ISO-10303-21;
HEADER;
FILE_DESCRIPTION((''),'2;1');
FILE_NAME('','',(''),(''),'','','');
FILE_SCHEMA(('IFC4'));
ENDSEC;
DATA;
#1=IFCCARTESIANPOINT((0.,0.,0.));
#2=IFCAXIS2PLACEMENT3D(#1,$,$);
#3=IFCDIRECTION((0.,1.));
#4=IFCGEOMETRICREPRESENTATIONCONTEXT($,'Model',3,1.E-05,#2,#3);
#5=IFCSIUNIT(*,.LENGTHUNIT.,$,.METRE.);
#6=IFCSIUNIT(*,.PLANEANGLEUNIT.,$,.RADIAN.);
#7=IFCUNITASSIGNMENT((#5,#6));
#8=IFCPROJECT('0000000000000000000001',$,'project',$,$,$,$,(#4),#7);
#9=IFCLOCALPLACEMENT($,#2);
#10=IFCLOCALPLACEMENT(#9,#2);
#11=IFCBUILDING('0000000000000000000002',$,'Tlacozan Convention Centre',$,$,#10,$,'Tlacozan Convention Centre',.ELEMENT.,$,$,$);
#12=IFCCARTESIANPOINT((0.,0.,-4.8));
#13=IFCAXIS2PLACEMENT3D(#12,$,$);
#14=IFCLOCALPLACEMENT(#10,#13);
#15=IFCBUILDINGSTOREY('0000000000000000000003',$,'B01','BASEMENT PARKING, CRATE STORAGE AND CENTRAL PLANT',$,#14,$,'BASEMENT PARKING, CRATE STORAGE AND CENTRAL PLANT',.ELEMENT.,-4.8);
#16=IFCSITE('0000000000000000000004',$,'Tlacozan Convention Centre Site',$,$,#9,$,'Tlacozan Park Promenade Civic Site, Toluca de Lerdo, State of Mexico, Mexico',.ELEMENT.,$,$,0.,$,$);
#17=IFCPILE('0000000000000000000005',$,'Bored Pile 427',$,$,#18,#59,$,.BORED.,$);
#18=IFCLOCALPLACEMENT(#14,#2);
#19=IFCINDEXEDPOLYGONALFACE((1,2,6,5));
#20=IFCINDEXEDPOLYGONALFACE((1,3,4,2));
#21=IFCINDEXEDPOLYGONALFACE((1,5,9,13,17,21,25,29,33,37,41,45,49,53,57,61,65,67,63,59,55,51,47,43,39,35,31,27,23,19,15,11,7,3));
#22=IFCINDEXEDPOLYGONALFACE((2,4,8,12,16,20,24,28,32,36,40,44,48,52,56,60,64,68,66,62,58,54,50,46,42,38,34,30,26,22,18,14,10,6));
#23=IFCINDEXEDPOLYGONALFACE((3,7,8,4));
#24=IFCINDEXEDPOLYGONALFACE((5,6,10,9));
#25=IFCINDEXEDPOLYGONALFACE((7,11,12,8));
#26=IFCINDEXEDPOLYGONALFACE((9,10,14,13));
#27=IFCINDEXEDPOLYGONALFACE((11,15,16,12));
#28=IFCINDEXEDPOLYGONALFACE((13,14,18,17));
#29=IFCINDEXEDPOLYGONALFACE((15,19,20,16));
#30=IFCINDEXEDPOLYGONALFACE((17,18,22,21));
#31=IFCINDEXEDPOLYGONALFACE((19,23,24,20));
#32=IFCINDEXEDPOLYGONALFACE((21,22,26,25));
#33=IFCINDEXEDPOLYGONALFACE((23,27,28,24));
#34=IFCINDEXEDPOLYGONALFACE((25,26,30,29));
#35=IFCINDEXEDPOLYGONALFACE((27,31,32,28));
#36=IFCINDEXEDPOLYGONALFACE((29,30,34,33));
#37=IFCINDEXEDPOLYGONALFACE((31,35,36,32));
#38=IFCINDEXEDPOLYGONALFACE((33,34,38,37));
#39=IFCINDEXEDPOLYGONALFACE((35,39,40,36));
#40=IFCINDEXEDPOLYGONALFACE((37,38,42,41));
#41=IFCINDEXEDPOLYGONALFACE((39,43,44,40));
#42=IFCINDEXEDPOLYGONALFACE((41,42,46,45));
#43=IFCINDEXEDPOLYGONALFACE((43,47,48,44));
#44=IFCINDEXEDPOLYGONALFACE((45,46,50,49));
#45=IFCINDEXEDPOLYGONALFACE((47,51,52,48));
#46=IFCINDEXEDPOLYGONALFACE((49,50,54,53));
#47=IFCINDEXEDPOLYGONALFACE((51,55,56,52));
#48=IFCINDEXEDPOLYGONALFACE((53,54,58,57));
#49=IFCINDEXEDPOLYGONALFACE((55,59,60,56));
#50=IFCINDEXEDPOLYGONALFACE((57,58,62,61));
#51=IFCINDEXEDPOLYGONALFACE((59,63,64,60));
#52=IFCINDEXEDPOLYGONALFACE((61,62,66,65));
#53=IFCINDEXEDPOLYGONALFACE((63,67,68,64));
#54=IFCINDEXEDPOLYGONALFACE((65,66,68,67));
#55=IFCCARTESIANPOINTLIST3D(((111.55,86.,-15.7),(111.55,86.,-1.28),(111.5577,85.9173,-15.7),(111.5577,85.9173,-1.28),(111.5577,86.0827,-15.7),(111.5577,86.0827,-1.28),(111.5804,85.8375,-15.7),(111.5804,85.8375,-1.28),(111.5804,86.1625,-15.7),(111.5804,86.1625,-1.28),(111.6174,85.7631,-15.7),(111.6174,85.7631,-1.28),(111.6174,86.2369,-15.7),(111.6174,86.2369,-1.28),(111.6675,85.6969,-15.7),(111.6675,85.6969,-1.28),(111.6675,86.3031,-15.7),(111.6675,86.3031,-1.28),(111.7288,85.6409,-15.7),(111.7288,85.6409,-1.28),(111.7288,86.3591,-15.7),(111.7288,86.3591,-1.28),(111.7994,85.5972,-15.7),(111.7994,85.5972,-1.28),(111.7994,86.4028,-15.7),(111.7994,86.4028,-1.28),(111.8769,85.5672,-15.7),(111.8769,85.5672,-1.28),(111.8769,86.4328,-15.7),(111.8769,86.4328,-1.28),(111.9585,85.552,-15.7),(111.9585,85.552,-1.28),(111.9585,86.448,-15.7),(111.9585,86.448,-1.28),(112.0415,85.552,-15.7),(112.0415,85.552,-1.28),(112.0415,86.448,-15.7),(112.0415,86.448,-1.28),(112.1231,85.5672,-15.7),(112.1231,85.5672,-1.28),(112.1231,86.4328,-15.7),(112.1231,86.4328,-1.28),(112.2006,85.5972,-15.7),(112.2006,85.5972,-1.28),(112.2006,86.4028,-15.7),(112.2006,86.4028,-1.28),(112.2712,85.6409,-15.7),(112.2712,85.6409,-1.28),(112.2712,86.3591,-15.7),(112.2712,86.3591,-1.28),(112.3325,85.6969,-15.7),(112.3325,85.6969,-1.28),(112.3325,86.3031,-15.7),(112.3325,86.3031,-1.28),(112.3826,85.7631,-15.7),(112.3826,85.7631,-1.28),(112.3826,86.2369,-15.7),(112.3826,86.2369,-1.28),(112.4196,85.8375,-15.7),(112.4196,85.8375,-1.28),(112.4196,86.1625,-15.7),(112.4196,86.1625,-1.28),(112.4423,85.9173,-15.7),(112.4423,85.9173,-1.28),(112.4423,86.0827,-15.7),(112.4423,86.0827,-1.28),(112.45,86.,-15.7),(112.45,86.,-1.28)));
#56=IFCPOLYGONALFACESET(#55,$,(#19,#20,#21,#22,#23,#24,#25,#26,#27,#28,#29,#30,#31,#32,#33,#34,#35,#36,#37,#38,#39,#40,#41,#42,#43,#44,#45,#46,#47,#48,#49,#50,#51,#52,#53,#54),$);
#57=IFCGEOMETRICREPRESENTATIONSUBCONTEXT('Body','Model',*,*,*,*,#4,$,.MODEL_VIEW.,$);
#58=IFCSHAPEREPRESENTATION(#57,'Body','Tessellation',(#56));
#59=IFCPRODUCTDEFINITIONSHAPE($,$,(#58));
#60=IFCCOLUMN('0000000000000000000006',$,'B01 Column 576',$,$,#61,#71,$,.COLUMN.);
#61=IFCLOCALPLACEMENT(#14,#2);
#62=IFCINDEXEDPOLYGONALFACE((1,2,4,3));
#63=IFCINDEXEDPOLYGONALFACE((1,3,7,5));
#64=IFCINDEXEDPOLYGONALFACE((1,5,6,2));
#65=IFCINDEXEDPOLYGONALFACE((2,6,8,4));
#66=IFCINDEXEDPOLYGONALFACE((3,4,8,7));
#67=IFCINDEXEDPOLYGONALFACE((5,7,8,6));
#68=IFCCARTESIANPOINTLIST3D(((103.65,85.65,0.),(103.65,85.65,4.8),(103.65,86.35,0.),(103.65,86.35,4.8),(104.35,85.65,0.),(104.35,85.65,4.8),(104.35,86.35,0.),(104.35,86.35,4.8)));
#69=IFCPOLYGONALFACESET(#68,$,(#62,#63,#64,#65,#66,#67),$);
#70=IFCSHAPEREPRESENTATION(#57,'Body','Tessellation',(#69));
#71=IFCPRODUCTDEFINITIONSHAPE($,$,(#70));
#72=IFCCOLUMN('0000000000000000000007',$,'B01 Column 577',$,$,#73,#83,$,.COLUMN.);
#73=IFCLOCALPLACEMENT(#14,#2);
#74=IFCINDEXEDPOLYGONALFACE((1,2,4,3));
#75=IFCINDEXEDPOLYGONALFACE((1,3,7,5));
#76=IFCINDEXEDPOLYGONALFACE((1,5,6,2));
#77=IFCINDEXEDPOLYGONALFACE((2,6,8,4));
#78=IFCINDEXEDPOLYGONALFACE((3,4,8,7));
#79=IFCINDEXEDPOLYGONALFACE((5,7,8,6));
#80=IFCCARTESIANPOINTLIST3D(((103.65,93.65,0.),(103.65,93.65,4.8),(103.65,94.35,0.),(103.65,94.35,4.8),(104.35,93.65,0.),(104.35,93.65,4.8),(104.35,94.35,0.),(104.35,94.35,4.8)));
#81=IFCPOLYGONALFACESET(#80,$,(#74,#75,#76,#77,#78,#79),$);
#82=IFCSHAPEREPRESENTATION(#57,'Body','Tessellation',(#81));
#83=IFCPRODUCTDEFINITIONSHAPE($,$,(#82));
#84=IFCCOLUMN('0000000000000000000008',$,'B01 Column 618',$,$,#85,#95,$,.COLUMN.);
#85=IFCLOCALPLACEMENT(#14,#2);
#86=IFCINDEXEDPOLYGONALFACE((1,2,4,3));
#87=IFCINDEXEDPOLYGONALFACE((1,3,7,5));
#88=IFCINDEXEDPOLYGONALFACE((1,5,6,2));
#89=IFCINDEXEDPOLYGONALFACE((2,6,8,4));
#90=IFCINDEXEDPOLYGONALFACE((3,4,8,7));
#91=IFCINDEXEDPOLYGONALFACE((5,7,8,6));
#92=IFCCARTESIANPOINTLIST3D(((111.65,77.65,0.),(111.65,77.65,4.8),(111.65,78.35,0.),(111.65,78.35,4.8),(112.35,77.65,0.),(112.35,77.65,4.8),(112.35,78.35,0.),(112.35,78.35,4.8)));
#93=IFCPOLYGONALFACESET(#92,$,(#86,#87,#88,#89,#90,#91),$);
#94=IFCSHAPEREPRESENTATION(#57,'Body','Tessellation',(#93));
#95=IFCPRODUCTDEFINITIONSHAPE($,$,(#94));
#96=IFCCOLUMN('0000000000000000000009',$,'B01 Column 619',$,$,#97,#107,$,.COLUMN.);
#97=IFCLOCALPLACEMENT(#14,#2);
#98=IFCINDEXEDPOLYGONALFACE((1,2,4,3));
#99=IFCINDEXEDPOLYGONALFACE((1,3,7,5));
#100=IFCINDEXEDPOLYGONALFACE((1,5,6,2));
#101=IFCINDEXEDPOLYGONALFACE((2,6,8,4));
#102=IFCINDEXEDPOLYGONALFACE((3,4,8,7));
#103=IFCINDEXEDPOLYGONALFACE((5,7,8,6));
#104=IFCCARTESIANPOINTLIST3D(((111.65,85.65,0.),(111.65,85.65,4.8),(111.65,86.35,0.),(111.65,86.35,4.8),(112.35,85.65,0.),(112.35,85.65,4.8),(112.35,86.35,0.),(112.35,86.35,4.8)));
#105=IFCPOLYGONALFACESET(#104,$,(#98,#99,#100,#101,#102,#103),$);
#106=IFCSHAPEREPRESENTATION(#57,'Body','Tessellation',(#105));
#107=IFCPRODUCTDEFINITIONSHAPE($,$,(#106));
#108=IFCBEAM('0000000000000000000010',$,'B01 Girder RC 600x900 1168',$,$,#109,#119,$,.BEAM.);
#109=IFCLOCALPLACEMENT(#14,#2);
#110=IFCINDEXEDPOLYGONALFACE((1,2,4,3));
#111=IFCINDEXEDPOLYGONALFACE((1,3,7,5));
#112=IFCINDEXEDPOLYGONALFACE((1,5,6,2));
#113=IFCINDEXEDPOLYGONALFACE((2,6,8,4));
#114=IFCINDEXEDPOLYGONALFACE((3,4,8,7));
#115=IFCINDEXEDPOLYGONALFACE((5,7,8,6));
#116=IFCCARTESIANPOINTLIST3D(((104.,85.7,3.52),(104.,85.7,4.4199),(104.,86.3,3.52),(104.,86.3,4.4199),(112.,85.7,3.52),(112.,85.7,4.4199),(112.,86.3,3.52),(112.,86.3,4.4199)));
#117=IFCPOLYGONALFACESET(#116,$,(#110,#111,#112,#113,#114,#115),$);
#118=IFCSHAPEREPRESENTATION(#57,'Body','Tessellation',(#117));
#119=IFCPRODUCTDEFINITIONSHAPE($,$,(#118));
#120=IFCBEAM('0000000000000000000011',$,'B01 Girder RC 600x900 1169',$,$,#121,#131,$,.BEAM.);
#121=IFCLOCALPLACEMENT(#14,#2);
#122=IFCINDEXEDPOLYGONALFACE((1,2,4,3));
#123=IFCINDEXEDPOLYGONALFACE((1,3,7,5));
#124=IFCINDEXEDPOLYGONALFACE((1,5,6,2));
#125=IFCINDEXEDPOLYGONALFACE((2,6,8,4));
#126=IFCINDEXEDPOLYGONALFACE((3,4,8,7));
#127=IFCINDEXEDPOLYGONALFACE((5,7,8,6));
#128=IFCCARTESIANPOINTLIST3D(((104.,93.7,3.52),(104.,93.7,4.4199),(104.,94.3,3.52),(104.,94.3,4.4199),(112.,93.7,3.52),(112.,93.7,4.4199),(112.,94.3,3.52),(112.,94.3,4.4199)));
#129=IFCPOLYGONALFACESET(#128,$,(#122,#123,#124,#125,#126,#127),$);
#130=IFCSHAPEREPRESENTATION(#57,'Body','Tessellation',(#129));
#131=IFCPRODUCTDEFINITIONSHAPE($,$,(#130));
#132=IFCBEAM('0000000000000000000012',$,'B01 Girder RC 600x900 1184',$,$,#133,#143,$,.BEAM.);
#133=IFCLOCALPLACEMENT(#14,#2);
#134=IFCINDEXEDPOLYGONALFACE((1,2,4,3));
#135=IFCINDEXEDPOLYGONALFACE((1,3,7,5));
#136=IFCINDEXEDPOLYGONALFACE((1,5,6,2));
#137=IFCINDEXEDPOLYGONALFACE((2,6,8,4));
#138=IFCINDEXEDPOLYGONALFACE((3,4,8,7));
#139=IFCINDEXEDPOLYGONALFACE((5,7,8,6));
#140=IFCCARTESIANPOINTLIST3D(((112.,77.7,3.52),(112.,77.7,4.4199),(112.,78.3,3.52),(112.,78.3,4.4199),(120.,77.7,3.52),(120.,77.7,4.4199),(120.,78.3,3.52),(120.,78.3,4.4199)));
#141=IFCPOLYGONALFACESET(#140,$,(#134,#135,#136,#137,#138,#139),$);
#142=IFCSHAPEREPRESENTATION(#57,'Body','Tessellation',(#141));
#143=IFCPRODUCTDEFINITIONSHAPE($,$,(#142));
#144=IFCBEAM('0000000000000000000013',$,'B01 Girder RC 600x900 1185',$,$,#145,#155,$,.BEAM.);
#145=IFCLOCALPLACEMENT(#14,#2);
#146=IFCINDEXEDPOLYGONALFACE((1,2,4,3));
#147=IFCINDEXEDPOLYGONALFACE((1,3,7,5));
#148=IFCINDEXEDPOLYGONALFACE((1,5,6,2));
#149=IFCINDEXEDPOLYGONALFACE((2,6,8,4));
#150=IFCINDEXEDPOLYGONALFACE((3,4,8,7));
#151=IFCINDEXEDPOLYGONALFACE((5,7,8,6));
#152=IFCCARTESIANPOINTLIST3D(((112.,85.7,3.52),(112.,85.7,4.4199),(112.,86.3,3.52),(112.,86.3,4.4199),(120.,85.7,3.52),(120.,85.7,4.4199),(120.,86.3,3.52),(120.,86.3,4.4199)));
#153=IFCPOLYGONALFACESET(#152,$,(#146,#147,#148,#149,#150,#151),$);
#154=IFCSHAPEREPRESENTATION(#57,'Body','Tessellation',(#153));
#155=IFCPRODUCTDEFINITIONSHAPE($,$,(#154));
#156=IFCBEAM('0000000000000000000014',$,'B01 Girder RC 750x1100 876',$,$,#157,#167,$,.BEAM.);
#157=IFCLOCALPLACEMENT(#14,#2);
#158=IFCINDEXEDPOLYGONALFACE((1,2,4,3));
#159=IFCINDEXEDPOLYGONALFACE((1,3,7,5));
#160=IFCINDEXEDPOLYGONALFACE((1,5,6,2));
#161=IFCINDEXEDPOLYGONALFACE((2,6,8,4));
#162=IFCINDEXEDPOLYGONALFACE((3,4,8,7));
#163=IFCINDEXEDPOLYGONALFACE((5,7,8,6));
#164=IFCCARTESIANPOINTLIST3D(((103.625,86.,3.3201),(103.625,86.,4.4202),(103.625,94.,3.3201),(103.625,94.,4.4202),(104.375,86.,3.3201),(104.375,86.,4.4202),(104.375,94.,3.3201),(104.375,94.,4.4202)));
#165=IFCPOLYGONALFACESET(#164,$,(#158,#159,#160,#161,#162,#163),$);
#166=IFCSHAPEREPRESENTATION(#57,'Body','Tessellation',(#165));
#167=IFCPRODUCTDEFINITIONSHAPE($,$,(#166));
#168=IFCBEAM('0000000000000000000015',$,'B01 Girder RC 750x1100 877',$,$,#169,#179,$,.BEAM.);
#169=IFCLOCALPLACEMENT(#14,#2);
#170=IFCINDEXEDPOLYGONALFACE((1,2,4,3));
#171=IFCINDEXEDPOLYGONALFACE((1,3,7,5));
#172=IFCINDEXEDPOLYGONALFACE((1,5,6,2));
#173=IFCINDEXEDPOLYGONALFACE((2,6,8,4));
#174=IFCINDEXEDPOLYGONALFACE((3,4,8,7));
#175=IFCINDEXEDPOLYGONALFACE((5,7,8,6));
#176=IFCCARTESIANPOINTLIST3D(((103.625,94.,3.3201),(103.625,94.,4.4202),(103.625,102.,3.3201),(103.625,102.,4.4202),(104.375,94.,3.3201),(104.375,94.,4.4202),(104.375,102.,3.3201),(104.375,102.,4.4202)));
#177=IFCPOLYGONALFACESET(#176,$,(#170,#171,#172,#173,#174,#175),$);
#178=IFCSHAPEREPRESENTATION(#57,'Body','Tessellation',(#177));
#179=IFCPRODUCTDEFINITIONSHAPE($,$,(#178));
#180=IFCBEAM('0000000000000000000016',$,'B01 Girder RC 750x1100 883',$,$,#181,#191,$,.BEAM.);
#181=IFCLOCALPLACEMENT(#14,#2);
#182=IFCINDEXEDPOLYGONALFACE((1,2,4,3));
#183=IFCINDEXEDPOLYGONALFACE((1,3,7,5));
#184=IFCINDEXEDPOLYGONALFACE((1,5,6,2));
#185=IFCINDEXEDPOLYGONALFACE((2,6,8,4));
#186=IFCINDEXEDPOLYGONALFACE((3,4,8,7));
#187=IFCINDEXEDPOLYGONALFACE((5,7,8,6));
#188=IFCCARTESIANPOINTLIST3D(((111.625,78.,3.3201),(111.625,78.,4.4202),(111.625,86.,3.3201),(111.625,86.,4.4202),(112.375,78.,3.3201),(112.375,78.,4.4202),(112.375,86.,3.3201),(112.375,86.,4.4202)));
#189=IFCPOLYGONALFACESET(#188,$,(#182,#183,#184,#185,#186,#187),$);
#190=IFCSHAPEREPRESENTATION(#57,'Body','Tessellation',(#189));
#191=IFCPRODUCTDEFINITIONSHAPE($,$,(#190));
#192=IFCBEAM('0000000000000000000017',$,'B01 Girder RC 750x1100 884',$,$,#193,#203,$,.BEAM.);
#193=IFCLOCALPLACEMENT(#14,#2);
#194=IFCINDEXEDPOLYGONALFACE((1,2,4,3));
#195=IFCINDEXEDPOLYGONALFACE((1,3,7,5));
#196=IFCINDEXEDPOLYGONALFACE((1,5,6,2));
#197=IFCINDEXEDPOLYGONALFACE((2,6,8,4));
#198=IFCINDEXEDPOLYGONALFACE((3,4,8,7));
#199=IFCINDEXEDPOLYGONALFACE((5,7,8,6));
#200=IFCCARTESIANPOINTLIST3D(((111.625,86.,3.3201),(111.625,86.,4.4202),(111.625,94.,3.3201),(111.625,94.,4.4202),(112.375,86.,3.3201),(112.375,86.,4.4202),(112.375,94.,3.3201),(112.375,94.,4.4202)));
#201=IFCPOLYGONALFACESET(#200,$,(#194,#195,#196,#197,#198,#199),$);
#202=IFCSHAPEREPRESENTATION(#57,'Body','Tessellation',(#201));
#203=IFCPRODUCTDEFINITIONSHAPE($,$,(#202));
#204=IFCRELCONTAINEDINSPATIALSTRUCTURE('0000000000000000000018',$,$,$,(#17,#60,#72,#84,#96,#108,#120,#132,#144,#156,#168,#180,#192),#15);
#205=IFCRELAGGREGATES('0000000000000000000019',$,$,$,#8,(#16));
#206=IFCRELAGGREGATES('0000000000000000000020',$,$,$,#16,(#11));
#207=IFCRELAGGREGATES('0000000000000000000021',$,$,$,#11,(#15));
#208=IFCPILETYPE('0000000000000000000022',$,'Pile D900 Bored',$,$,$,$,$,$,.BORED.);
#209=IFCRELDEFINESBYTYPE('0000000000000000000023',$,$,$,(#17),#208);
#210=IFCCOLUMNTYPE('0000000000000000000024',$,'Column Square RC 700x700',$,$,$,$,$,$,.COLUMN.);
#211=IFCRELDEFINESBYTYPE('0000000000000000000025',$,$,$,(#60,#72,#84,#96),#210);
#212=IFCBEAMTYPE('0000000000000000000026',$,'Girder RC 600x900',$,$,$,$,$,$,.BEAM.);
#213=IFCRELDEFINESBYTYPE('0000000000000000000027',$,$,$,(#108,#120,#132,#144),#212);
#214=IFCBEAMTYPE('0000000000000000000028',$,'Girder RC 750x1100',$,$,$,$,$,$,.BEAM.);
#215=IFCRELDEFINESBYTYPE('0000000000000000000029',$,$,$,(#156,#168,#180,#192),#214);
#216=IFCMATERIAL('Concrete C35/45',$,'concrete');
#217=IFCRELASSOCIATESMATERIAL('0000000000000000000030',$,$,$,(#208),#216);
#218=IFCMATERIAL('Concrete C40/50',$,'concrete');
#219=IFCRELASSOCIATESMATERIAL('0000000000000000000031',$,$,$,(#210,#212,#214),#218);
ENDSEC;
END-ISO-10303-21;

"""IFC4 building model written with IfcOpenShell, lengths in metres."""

from ifc_helpers import new_model, si_unit, direction, frame, origin, origin_2d, place, context, subcontext, project, spatial, rectangle, circle, extrude, material, material_profile, profile_set, type_object, element, save


model = new_model("IFC4")

# Units and contexts
model_context = context("Model", 3, precision=1e-05, world=origin(), true_north=direction((0.0, 1.0)))
body_context = subcontext(model_context, "Body", "Model", "MODEL_VIEW")
ifc_project = project(units=[si_unit("LENGTHUNIT", "METRE"), si_unit("PLANEANGLEUNIT", "RADIAN")], contexts=[model_context])

# Site, building, storey
site_placement = place(None, origin())
site = spatial("IfcSite", under=ifc_project, at=site_placement, Name="Tlacozan Convention Centre Site", LongName="Tlacozan Park Promenade Civic Site, Toluca de Lerdo, State of Mexico, Mexico", CompositionType="ELEMENT", RefElevation=0.0)
building_placement = place(site_placement, origin())
building = spatial("IfcBuilding", under=site, at=building_placement, Name="Tlacozan Convention Centre", LongName="Tlacozan Convention Centre", CompositionType="ELEMENT")
storey_placement = place(building_placement, frame((0.0, 0.0, -4.8)))
storey = spatial("IfcBuildingStorey", under=building, at=storey_placement, Name="B01", Description="BASEMENT PARKING, CRATE STORAGE AND CENTRAL PLANT", LongName="BASEMENT PARKING, CRATE STORAGE AND CENTRAL PLANT", CompositionType="ELEMENT", Elevation=-4.8)

# Shared definitions
ifc_material_1 = material(Name="Concrete C35/45", Category="concrete")

# Pile
ifc_material_profile_1 = material_profile(ifc_material_1, circle(Radius=0.45, at=origin_2d()), Name="PILE D900")
ifc_profile_set_1 = profile_set([ifc_material_profile_1], Name="Concrete C35/45")
pile_type_1 = type_object("IfcPileType", Name="Pile D900 Bored", PredefinedType="BORED", material=ifc_profile_set_1)
for number, where, z_axis, x_axis, name in (
    (1, (112.0, 86.0, -1.28), (0.0, 0.0, -1.0), (1.0, 0.0, 0.0), "Bored Pile 427"),
):
    element("IfcPile", number, at=place(storey_placement, frame(where, z_axis=z_axis, x_axis=x_axis)), inside=storey, type_object=pile_type_1, Name=name, PredefinedType="BORED", context=body_context, shape_type="SweptSolid", body=[
        extrude(circle(Radius=0.45, at=origin_2d()), origin(), (0.0, 0.0, 1.0), 14.4199),
    ])

# Columns
ifc_material_2 = material(Name="Concrete C40/50", Category="concrete")
ifc_material_profile_2 = material_profile(ifc_material_2, rectangle(XDim=0.7, YDim=0.7, at=origin_2d()), Name="RC 700x700")
ifc_profile_set_2 = profile_set([ifc_material_profile_2], Name="Concrete C40/50")
column_type = type_object("IfcColumnType", Name="Column Square RC 700x700", PredefinedType="COLUMN", material=ifc_profile_set_2)
for number, where, z_axis, x_axis, name in (
    (2, (104.0, 86.0, 0.0), (0.0, 0.0, 1.0), (1.0, 0.0, 0.0), "B01 Column 576"),
    (3, (104.0, 94.0, 0.0), (0.0, 0.0, 1.0), (1.0, 0.0, 0.0), "B01 Column 577"),
    (4, (112.0, 78.0, 0.0), (0.0, 0.0, 1.0), (1.0, 0.0, 0.0), "B01 Column 618"),
    (5, (112.0, 86.0, 0.0), (0.0, 0.0, 1.0), (1.0, 0.0, 0.0), "B01 Column 619"),
):
    element("IfcColumn", number, at=place(storey_placement, frame(where, z_axis=z_axis, x_axis=x_axis)), inside=storey, type_object=column_type, Name=name, PredefinedType="COLUMN", context=body_context, shape_type="SweptSolid", body=[
        extrude(rectangle(XDim=0.7, YDim=0.7, at=origin_2d()), origin(), (0.0, 0.0, 1.0), 4.8),
    ])

# Beams
ifc_material_profile_3 = material_profile(ifc_material_2, rectangle(XDim=0.6001, YDim=0.8999, at=origin_2d()), Name="RC 600x900")
ifc_profile_set_3 = profile_set([ifc_material_profile_3], Name="Concrete C40/50")
beam_type_1 = type_object("IfcBeamType", Name="Girder RC 600x900", PredefinedType="BEAM", material=ifc_profile_set_3)
for number, where, z_axis, x_axis, name in (
    (6, (104.0, 86.0, 3.97), (1.0, 0.0, 0.0), (0.0, 1.0, 0.0), "B01 Girder RC 600x900 1168"),
    (7, (104.0, 94.0, 3.97), (1.0, 0.0, 0.0), (0.0, 1.0, 0.0), "B01 Girder RC 600x900 1169"),
    (8, (112.0, 78.0, 3.97), (1.0, 0.0, 0.0), (0.0, 1.0, 0.0), "B01 Girder RC 600x900 1184"),
    (9, (112.0, 86.0, 3.97), (1.0, 0.0, 0.0), (0.0, 1.0, 0.0), "B01 Girder RC 600x900 1185"),
):
    element("IfcBeam", number, at=place(storey_placement, frame(where, z_axis=z_axis, x_axis=x_axis)), inside=storey, type_object=beam_type_1, Name=name, PredefinedType="BEAM", context=body_context, shape_type="SweptSolid", body=[
        extrude(rectangle(XDim=0.6001, YDim=0.8999, at=origin_2d()), origin(), (0.0, 0.0, 1.0), 8.0),
    ])
ifc_material_profile_4 = material_profile(ifc_material_2, rectangle(XDim=0.75, YDim=1.1001, at=origin_2d()), Name="RC 750x1100")
ifc_profile_set_4 = profile_set([ifc_material_profile_4], Name="Concrete C40/50")
beam_type_2 = type_object("IfcBeamType", Name="Girder RC 750x1100", PredefinedType="BEAM", material=ifc_profile_set_4)
for number, where, z_axis, x_axis, name in (
    (10, (104.0, 86.0, 3.8701), (0.0, 1.0, 0.0), (-1.0, 0.0, 0.0), "B01 Girder RC 750x1100 876"),
    (11, (104.0, 94.0, 3.8701), (0.0, 1.0, 0.0), (-1.0, 0.0, 0.0), "B01 Girder RC 750x1100 877"),
    (12, (112.0, 78.0, 3.8701), (0.0, 1.0, 0.0), (-1.0, 0.0, 0.0), "B01 Girder RC 750x1100 883"),
    (13, (112.0, 86.0, 3.8701), (0.0, 1.0, 0.0), (-1.0, 0.0, 0.0), "B01 Girder RC 750x1100 884"),
):
    element("IfcBeam", number, at=place(storey_placement, frame(where, z_axis=z_axis, x_axis=x_axis)), inside=storey, type_object=beam_type_2, Name=name, PredefinedType="BEAM", context=body_context, shape_type="SweptSolid", body=[
        extrude(rectangle(XDim=0.75, YDim=1.1001, at=origin_2d()), origin(), (0.0, 0.0, 1.0), 8.0),
    ])

save(model, "model.ifc")
